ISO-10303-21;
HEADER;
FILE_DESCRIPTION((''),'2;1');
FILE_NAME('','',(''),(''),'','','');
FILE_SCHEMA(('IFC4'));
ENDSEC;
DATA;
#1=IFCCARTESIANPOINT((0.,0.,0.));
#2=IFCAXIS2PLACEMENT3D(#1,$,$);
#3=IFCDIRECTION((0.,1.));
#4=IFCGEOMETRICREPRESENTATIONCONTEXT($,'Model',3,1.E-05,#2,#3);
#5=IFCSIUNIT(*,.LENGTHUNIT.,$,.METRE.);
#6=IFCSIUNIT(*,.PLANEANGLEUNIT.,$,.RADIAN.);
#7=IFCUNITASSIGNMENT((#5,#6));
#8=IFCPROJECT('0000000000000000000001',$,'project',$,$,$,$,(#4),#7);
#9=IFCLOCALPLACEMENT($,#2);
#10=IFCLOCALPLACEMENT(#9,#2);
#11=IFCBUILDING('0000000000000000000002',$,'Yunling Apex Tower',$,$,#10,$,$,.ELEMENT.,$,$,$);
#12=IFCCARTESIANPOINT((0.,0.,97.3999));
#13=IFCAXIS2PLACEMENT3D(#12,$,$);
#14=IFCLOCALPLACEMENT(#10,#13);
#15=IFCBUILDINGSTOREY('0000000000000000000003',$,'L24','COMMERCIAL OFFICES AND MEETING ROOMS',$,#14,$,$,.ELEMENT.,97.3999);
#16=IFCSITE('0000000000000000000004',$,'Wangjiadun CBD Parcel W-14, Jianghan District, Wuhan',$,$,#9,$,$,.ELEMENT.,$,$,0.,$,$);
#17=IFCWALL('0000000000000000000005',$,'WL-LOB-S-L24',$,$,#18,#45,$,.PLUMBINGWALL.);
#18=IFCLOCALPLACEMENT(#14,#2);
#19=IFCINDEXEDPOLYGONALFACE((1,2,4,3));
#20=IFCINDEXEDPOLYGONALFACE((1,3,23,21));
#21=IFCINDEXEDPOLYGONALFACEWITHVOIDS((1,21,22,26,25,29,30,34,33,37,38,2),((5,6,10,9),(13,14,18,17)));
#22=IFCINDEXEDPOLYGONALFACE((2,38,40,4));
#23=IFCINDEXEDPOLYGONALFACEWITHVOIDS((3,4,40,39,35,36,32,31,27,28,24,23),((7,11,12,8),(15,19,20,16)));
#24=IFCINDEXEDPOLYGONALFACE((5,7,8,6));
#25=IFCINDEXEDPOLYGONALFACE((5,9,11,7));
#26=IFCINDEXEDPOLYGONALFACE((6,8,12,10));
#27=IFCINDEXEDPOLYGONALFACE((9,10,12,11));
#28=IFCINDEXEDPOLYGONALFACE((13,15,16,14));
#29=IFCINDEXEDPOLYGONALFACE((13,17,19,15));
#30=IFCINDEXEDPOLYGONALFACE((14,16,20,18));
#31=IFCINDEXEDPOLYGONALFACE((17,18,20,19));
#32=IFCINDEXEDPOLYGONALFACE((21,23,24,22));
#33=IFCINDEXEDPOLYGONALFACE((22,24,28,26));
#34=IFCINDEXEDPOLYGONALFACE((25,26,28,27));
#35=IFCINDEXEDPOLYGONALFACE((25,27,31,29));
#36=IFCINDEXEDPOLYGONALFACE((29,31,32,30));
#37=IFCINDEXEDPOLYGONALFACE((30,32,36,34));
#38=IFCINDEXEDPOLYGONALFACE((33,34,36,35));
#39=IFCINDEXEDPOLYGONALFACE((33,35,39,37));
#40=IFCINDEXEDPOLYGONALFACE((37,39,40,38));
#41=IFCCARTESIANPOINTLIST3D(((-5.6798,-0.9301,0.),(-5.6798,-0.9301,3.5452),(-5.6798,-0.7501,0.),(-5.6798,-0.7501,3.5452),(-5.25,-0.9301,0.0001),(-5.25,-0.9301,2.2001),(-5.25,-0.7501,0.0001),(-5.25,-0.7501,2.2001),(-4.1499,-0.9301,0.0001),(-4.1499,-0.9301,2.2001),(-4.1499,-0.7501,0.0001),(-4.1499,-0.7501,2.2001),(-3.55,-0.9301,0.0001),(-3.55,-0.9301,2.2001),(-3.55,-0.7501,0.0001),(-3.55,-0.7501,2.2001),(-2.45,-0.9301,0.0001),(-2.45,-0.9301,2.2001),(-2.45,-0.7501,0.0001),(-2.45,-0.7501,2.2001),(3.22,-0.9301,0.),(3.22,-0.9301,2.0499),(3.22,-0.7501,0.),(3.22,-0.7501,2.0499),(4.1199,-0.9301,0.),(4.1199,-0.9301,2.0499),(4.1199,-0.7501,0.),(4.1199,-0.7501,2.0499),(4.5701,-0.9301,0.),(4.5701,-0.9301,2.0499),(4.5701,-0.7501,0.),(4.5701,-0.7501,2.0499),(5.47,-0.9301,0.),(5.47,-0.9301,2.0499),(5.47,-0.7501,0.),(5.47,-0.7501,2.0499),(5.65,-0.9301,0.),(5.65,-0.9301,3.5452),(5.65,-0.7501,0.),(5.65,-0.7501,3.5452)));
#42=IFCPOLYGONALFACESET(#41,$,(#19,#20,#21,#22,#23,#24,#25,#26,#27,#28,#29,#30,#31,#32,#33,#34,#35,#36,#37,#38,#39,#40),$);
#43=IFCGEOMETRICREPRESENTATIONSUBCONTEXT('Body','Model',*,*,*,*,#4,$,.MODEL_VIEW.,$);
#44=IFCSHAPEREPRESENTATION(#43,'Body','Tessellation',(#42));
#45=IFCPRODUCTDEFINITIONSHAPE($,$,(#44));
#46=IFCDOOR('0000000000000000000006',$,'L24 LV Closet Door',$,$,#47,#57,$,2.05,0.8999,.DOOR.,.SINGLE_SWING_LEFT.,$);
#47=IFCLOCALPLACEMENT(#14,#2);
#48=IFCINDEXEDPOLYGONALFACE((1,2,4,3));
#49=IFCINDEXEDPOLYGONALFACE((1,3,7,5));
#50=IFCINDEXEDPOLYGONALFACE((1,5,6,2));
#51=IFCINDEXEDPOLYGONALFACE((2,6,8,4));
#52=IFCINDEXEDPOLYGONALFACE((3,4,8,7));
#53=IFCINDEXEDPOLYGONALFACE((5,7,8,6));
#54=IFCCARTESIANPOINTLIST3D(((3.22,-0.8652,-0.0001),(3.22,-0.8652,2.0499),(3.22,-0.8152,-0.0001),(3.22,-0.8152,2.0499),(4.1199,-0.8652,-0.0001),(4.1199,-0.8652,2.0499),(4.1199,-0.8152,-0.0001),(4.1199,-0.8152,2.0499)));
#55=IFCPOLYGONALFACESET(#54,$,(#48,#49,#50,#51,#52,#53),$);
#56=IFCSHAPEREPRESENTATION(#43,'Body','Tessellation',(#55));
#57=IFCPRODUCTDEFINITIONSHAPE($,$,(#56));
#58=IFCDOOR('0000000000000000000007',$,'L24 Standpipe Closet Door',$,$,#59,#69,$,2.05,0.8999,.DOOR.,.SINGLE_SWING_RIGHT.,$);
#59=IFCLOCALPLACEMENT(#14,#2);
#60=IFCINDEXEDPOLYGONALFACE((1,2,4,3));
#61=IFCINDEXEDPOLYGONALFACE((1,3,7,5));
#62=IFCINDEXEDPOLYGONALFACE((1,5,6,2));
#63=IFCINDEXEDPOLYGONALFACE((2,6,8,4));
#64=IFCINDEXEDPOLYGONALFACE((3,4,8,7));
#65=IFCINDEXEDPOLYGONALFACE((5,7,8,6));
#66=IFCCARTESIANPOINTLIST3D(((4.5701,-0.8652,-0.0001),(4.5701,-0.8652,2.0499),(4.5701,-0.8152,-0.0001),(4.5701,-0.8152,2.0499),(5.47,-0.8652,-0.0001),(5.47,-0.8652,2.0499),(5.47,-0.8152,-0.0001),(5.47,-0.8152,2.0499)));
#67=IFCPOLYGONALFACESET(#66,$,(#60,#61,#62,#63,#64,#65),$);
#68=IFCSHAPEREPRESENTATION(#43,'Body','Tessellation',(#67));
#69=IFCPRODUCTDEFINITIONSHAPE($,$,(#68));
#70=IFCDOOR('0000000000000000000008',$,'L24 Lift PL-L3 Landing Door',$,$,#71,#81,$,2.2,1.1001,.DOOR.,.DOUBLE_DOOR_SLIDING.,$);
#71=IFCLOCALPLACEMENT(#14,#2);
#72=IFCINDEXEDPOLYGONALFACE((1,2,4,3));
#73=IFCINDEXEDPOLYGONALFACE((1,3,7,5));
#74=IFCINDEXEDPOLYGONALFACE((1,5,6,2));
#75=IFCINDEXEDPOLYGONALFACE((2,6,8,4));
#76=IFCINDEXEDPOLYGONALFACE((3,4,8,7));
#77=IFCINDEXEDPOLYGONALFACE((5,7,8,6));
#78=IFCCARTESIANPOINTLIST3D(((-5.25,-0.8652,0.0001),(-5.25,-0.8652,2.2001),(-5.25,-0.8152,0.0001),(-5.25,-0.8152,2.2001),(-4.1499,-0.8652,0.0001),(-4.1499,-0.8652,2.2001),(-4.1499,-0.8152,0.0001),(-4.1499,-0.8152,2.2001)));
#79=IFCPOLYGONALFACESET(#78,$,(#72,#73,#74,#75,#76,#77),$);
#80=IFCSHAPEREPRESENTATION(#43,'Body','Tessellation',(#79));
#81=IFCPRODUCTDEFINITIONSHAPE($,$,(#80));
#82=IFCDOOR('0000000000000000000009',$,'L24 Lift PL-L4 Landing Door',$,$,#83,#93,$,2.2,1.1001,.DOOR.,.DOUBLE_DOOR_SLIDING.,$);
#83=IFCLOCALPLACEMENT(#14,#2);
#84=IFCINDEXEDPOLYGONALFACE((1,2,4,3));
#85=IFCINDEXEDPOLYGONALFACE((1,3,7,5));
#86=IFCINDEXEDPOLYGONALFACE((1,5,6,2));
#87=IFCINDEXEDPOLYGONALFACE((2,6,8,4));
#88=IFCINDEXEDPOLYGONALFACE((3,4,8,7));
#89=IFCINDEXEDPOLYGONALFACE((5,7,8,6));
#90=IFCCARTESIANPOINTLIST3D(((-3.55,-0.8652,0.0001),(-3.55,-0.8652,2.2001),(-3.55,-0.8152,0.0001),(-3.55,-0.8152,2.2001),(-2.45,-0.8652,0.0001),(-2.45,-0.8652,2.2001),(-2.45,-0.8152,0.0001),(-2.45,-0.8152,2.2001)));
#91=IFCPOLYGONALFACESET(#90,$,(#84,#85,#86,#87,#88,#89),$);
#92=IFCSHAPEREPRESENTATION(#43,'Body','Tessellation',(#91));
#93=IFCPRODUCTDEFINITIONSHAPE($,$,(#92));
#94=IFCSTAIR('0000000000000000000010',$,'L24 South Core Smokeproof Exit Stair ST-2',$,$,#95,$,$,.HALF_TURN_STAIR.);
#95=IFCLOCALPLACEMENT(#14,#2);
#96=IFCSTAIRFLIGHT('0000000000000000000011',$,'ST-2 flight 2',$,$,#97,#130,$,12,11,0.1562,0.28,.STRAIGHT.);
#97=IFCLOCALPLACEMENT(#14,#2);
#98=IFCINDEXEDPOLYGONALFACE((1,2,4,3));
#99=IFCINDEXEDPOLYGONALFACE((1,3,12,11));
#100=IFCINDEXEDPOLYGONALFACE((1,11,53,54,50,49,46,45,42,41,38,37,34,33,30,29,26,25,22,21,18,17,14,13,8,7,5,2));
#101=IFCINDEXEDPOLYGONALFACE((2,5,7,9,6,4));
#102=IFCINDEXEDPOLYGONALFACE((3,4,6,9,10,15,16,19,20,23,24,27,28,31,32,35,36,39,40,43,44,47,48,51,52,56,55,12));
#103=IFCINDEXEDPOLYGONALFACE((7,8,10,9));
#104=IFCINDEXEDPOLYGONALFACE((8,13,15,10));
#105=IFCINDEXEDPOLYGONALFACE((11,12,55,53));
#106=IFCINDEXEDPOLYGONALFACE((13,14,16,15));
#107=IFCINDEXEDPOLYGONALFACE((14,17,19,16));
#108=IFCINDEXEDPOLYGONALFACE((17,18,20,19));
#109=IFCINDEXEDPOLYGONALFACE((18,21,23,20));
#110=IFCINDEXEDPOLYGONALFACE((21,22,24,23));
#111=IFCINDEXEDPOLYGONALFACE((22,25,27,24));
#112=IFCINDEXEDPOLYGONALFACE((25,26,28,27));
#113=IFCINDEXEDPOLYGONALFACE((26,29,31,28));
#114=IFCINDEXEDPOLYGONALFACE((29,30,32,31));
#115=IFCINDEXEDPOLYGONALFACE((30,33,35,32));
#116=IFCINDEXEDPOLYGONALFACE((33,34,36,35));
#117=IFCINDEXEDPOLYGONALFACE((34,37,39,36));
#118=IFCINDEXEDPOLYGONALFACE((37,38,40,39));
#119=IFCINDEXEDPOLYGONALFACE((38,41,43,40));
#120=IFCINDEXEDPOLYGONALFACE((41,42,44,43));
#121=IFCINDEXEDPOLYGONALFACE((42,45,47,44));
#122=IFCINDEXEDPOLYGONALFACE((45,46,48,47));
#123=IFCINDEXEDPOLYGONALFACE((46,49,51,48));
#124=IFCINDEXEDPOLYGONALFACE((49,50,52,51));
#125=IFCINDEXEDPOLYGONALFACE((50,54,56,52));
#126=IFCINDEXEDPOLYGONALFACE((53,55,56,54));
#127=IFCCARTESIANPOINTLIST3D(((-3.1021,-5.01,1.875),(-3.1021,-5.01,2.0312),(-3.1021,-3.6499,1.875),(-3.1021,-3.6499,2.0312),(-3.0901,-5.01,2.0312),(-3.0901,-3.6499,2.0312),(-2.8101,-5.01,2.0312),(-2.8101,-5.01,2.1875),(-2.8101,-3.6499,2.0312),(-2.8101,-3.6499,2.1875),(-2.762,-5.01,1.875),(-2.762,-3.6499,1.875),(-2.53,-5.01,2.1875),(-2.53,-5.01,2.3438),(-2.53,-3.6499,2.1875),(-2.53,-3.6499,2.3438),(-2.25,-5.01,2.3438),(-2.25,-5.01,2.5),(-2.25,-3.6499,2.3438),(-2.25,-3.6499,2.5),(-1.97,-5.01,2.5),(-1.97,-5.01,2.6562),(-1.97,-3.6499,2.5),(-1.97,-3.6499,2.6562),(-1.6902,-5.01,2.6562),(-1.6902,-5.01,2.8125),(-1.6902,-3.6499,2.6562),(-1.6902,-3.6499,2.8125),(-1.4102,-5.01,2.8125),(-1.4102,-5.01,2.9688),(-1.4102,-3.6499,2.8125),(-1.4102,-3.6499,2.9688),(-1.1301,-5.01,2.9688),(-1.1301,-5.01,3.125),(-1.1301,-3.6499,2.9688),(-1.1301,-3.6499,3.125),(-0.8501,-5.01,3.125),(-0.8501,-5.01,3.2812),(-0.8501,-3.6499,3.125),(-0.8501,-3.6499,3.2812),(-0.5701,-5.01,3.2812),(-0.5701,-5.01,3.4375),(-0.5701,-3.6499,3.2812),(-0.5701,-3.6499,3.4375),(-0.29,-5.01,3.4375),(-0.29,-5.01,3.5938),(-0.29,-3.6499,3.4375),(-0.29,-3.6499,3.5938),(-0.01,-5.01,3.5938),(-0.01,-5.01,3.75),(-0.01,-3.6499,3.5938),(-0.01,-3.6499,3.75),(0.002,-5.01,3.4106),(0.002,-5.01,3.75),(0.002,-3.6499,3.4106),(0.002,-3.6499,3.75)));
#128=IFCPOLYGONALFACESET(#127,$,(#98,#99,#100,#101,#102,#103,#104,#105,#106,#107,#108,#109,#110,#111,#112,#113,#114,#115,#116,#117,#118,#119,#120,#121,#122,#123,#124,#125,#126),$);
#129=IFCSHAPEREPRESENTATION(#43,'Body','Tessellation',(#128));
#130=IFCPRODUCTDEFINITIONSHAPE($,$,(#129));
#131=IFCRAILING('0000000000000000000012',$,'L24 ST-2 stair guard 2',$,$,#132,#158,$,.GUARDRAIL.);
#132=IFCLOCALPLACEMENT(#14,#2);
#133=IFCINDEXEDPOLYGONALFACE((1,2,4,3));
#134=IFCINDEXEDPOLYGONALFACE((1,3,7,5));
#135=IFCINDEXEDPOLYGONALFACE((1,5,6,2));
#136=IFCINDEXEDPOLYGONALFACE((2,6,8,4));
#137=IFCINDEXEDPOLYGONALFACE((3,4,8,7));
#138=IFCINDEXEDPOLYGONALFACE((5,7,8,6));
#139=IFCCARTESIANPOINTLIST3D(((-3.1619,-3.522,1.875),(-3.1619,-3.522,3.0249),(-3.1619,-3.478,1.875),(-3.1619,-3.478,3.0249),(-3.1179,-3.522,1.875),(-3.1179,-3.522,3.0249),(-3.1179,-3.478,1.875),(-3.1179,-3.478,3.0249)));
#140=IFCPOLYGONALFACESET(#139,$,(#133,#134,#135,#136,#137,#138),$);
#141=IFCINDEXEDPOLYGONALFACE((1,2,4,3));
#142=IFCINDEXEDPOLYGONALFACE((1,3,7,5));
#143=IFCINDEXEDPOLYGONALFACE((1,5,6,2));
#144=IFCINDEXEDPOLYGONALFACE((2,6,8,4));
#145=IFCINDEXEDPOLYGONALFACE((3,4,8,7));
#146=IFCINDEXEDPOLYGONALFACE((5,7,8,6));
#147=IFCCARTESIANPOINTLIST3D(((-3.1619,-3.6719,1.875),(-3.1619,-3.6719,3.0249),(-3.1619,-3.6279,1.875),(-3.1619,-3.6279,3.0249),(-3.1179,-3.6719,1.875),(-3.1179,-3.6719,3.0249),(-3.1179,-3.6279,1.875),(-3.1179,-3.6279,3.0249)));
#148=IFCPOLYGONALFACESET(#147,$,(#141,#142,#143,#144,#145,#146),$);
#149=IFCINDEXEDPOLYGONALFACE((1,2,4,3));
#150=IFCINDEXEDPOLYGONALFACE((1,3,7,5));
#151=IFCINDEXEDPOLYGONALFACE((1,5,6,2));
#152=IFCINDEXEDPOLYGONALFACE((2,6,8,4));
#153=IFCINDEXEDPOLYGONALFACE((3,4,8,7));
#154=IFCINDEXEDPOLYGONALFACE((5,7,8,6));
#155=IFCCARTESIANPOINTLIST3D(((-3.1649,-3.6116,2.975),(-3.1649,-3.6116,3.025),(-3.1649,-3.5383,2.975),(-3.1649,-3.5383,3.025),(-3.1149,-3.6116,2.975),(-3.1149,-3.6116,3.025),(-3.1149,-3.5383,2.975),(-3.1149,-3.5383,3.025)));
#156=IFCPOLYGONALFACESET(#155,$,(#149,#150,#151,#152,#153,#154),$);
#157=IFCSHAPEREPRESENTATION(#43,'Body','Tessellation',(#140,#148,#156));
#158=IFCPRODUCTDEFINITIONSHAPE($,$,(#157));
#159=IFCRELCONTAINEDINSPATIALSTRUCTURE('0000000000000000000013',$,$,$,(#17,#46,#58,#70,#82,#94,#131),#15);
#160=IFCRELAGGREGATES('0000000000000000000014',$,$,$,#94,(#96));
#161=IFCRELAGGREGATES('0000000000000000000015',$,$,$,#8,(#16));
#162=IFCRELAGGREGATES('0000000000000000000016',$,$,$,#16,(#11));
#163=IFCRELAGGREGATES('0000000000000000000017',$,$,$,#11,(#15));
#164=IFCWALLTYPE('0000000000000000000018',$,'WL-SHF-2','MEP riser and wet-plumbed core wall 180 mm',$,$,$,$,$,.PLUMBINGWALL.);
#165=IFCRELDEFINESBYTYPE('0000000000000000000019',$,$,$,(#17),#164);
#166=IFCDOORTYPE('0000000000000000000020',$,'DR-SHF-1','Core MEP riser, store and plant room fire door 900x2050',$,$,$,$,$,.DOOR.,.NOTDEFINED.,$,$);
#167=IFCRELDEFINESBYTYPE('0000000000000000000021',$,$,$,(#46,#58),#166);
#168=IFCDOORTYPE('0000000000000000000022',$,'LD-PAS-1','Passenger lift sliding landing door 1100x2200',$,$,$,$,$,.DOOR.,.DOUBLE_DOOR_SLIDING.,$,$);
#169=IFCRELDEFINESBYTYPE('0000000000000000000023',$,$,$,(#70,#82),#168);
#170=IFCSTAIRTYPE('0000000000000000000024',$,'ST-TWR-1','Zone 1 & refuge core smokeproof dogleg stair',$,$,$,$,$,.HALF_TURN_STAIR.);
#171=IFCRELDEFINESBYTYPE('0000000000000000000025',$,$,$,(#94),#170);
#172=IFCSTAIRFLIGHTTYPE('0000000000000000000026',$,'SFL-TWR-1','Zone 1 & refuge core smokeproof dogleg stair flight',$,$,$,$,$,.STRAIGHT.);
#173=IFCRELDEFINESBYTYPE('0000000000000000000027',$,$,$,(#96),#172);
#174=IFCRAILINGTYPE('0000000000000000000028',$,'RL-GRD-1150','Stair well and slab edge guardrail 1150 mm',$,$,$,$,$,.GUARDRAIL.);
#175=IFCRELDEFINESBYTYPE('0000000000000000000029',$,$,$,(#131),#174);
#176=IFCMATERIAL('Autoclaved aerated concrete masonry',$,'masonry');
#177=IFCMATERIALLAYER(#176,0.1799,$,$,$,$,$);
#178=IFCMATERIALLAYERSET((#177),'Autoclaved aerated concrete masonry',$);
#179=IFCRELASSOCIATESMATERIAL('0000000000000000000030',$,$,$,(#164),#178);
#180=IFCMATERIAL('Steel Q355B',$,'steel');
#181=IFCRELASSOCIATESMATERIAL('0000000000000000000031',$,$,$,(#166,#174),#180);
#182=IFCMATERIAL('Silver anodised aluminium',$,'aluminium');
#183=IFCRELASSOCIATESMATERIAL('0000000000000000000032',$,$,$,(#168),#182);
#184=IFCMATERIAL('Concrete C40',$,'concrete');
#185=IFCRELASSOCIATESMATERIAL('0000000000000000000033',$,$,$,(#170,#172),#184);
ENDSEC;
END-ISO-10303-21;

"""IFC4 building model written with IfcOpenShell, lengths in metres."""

from ifc_helpers import new_model, si_unit, direction, frame, frame_2d, origin, origin_2d, place, context, subcontext, project, spatial, polyline, rectangle, outline, extrude, material, layer, layer_set, type_object, element, fill, aggregate, save


model = new_model("IFC4")

# Units and contexts
model_context = context("Model", 3, precision=1e-05, world=origin(), true_north=direction((0.0, 1.0)))
body_context = subcontext(model_context, "Body", "Model", "MODEL_VIEW")
ifc_project = project(units=[si_unit("LENGTHUNIT", "METRE"), si_unit("PLANEANGLEUNIT", "RADIAN")], contexts=[model_context])

# Site, building, storey
site_placement = place(None, origin())
site = spatial("IfcSite", under=ifc_project, at=site_placement, Name="Wangjiadun CBD Parcel W-14, Jianghan District, Wuhan", CompositionType="ELEMENT", RefElevation=0.0)
building_placement = place(site_placement, origin())
building = spatial("IfcBuilding", under=site, at=building_placement, Name="Yunling Apex Tower", CompositionType="ELEMENT")
storey_placement = place(building_placement, frame((0.0, 0.0, 97.3999)))
storey = spatial("IfcBuildingStorey", under=building, at=storey_placement, Name="L24", Description="COMMERCIAL OFFICES AND MEETING ROOMS", CompositionType="ELEMENT", Elevation=97.3999)

# Shared definitions
ifc_material_1 = material(Name="Steel Q355B", Category="steel")

# Shared definitions
ifc_material_2 = material(Name="Concrete C40", Category="concrete")

# Shared definitions
ifc_material_3 = material(Name="Autoclaved aerated concrete masonry", Category="masonry")

# Shared definitions
ifc_layer_1 = layer(ifc_material_3, 0.1799)
ifc_layer_set_1 = layer_set([ifc_layer_1], Name="Autoclaved aerated concrete masonry")
wall_type_1 = type_object("IfcWallType", Name="WL-SHF-2", Description="MEP riser and wet-plumbed core wall 180 mm", PredefinedType="PLUMBINGWALL", material=ifc_layer_set_1)

# Wall, openings, doors
wall_1_placement = place(storey_placement, frame((-5.6799, -0.8401, 0.0), z_axis=(0.0, 0.0, 1.0), x_axis=(1.0, 0.0, 0.0)))
wall_1 = element("IfcWall", 1, at=wall_1_placement, inside=storey, type_object=wall_type_1, Name="WL-LOB-S-L24", PredefinedType="PLUMBINGWALL", context=body_context, shape_type="SweptSolid", body=[
    extrude(rectangle(XDim=11.3298, YDim=0.1799, at=frame_2d((5.665, 0.0))), origin(), (0.0, 0.0, 1.0), 3.5452),
])
opening_1_placement = place(wall_1_placement, frame((0.4299, 0.0, 0.0)))
opening_1 = element("IfcOpeningElement", 2, at=opening_1_placement, cuts=wall_1, PredefinedType="OPENING", context=body_context, shape_type="SweptSolid", body=[
    extrude(rectangle(XDim=1.1001, YDim=2.2, at=frame_2d((0.55, 1.1001))), frame((0.0, 0.1001, 0.0), z_axis=(0.0, -1.0, 0.0), x_axis=(1.0, 0.0, 0.0)), (0.0, 0.0, 1.0), 0.2),
])
opening_2_placement = place(wall_1_placement, frame((2.1299, 0.0, 0.0)))
opening_2 = element("IfcOpeningElement", 3, at=opening_2_placement, cuts=wall_1, PredefinedType="OPENING", context=body_context, shape_type="SweptSolid", body=[
    extrude(rectangle(XDim=1.1001, YDim=2.2, at=frame_2d((0.55, 1.1001))), frame((0.0, 0.1001, 0.0), z_axis=(0.0, -1.0, 0.0), x_axis=(1.0, 0.0, 0.0)), (0.0, 0.0, 1.0), 0.2),
])
opening_3_placement = place(wall_1_placement, frame((8.8999, 0.0, 0.0)))
opening_3 = element("IfcOpeningElement", 4, at=opening_3_placement, cuts=wall_1, PredefinedType="OPENING", context=body_context, shape_type="SweptSolid", body=[
    extrude(rectangle(XDim=0.8999, YDim=2.05, at=frame_2d((0.45, 1.0249))), frame((0.0, 0.1001, 0.0), z_axis=(0.0, -1.0, 0.0), x_axis=(1.0, 0.0, 0.0)), (0.0, 0.0, 1.0), 0.2),
])
opening_4_placement = place(wall_1_placement, frame((10.25, 0.0, 0.0)))
opening_4 = element("IfcOpeningElement", 5, at=opening_4_placement, cuts=wall_1, PredefinedType="OPENING", context=body_context, shape_type="SweptSolid", body=[
    extrude(rectangle(XDim=0.8999, YDim=2.05, at=frame_2d((0.45, 1.0249))), frame((0.0, 0.1001, 0.0), z_axis=(0.0, -1.0, 0.0), x_axis=(1.0, 0.0, 0.0)), (0.0, 0.0, 1.0), 0.2),
])
door_type_1 = type_object("IfcDoorType", Name="DR-SHF-1", Description="Core MEP riser, store and plant room fire door 900x2050", OperationType="NOTDEFINED", PredefinedType="DOOR", material=ifc_material_1)
door_1_placement = place(opening_3_placement, origin())
door_1 = element("IfcDoor", 6, at=door_1_placement, inside=storey, type_object=door_type_1, Name="L24 LV Closet Door", OperationType="SINGLE_SWING_LEFT", OverallHeight=2.05, OverallWidth=0.8999, PredefinedType="DOOR", context=body_context, shape_type="SweptSolid", body=[
    extrude(rectangle(XDim=0.8999, YDim=2.05, at=frame_2d((0.45, 1.0249))), frame((0.0, 0.0249, 0.0), z_axis=(0.0, -1.0, 0.0), x_axis=(1.0, 0.0, 0.0)), (0.0, 0.0, 1.0), 0.05),
])
fill(opening_3, door_1)
door_2_placement = place(opening_4_placement, origin())
door_2 = element("IfcDoor", 7, at=door_2_placement, inside=storey, type_object=door_type_1, Name="L24 Standpipe Closet Door", OperationType="SINGLE_SWING_RIGHT", OverallHeight=2.05, OverallWidth=0.8999, PredefinedType="DOOR", context=body_context, shape_type="SweptSolid", body=[
    extrude(rectangle(XDim=0.8999, YDim=2.05, at=frame_2d((0.45, 1.0249))), frame((0.0, 0.0249, 0.0), z_axis=(0.0, -1.0, 0.0), x_axis=(1.0, 0.0, 0.0)), (0.0, 0.0, 1.0), 0.05),
])
fill(opening_4, door_2)
ifc_material_4 = material(Name="Silver anodised aluminium", Category="aluminium")
door_type_2 = type_object("IfcDoorType", Name="LD-PAS-1", Description="Passenger lift sliding landing door 1100x2200", OperationType="DOUBLE_DOOR_SLIDING", PredefinedType="DOOR", material=ifc_material_4)
door_3_placement = place(opening_1_placement, origin())
door_3 = element("IfcDoor", 8, at=door_3_placement, inside=storey, type_object=door_type_2, Name="L24 Lift PL-L3 Landing Door", OperationType="DOUBLE_DOOR_SLIDING", OverallHeight=2.2, OverallWidth=1.1001, PredefinedType="DOOR", context=body_context, shape_type="SweptSolid", body=[
    extrude(rectangle(XDim=1.1001, YDim=2.2, at=frame_2d((0.55, 1.1001))), frame((0.0, 0.0249, 0.0), z_axis=(0.0, -1.0, 0.0), x_axis=(1.0, 0.0, 0.0)), (0.0, 0.0, 1.0), 0.05),
])
fill(opening_1, door_3)
door_4_placement = place(opening_2_placement, origin())
door_4 = element("IfcDoor", 9, at=door_4_placement, inside=storey, type_object=door_type_2, Name="L24 Lift PL-L4 Landing Door", OperationType="DOUBLE_DOOR_SLIDING", OverallHeight=2.2, OverallWidth=1.1001, PredefinedType="DOOR", context=body_context, shape_type="SweptSolid", body=[
    extrude(rectangle(XDim=1.1001, YDim=2.2, at=frame_2d((0.55, 1.1001))), frame((0.0, 0.0249, 0.0), z_axis=(0.0, -1.0, 0.0), x_axis=(1.0, 0.0, 0.0)), (0.0, 0.0, 1.0), 0.05),
])
fill(opening_2, door_4)

# Stair, stair flight
stair_type = type_object("IfcStairType", Name="ST-TWR-1", Description="Zone 1 & refuge core smokeproof dogleg stair", PredefinedType="HALF_TURN_STAIR", material=ifc_material_2)
stair_placement = place(storey_placement, origin())
stair = element("IfcStair", 10, at=stair_placement, inside=storey, type_object=stair_type, Name="L24 South Core Smokeproof Exit Stair ST-2", PredefinedType="HALF_TURN_STAIR")
stair_flight_type = type_object("IfcStairFlightType", Name="SFL-TWR-1", Description="Zone 1 & refuge core smokeproof dogleg stair flight", PredefinedType="STRAIGHT", material=ifc_material_2)
stair_flight_placement = place(storey_placement, frame((-3.0901, -4.3301, 1.875), z_axis=(0.0, 0.0, 1.0), x_axis=(1.0, 0.0, 0.0)))
stair_flight = element("IfcStairFlight", 11, at=stair_flight_placement, type_object=stair_flight_type, Name="ST-2 flight 2", NumberOfRisers=12, NumberOfTreads=11, PredefinedType="STRAIGHT", RiserHeight=0.1562, TreadLength=0.28, context=body_context, shape_type="SweptSolid", body=[
    extrude(outline(polyline([(-0.012, 0.0), (-0.012, 0.1562), (0.0, 0.1562), (0.28, 0.1562), (0.28, 0.3125), (0.5601, 0.3125), (0.5601, 0.4688), (0.8401, 0.4688), (0.8401, 0.625), (1.1201, 0.625), (1.1201, 0.7812), (1.3999, 0.7812), (1.3999, 0.9375), (1.6799, 0.9375), (1.6799, 1.0938), (1.96, 1.0938), (1.96, 1.25), (2.24, 1.25), (2.24, 1.4062), (2.52, 1.4062), (2.52, 1.5625), (2.8, 1.5625), (2.8, 1.7188), (3.0801, 1.7188), (3.0801, 1.875), (3.092, 1.875), (3.092, 1.5356), (0.3281, 0.0), (-0.012, 0.0)])), frame((0.0, 0.6802, 0.0), z_axis=(0.0, -1.0, 0.0), x_axis=(1.0, 0.0, 0.0)), (0.0, 0.0, 1.0), 1.3601),
])
aggregate(stair, [stair_flight])

# Railing
railing_type_1 = type_object("IfcRailingType", Name="RL-GRD-1150", Description="Stair well and slab edge guardrail 1150 mm", PredefinedType="GUARDRAIL", material=ifc_material_1)
railing_1_placement = place(storey_placement, frame((-3.1399, -3.5, 1.875)))
element("IfcRailing", 12, at=railing_1_placement, inside=storey, type_object=railing_type_1, Name="L24 ST-2 stair guard 2", PredefinedType="GUARDRAIL", context=body_context, shape_type="SweptSolid", body=[
    extrude(rectangle(XDim=0.0439, YDim=0.0439, at=origin_2d()), origin(), (0.0, 0.0, 1.0), 1.1499),
    extrude(rectangle(XDim=0.0439, YDim=0.0439, at=origin_2d()), frame((0.0, -0.1499, 0.0)), (0.0, 0.0, 1.0), 1.1499),
    extrude(rectangle(XDim=0.05, YDim=0.05, at=origin_2d()), frame((0.0, -0.0383, 1.125), z_axis=(0.0, -1.0, 0.0), x_axis=(1.0, 0.0, 0.0)), (0.0, 0.0, 1.0), 0.0732),
])

save(model, "model.ifc")
